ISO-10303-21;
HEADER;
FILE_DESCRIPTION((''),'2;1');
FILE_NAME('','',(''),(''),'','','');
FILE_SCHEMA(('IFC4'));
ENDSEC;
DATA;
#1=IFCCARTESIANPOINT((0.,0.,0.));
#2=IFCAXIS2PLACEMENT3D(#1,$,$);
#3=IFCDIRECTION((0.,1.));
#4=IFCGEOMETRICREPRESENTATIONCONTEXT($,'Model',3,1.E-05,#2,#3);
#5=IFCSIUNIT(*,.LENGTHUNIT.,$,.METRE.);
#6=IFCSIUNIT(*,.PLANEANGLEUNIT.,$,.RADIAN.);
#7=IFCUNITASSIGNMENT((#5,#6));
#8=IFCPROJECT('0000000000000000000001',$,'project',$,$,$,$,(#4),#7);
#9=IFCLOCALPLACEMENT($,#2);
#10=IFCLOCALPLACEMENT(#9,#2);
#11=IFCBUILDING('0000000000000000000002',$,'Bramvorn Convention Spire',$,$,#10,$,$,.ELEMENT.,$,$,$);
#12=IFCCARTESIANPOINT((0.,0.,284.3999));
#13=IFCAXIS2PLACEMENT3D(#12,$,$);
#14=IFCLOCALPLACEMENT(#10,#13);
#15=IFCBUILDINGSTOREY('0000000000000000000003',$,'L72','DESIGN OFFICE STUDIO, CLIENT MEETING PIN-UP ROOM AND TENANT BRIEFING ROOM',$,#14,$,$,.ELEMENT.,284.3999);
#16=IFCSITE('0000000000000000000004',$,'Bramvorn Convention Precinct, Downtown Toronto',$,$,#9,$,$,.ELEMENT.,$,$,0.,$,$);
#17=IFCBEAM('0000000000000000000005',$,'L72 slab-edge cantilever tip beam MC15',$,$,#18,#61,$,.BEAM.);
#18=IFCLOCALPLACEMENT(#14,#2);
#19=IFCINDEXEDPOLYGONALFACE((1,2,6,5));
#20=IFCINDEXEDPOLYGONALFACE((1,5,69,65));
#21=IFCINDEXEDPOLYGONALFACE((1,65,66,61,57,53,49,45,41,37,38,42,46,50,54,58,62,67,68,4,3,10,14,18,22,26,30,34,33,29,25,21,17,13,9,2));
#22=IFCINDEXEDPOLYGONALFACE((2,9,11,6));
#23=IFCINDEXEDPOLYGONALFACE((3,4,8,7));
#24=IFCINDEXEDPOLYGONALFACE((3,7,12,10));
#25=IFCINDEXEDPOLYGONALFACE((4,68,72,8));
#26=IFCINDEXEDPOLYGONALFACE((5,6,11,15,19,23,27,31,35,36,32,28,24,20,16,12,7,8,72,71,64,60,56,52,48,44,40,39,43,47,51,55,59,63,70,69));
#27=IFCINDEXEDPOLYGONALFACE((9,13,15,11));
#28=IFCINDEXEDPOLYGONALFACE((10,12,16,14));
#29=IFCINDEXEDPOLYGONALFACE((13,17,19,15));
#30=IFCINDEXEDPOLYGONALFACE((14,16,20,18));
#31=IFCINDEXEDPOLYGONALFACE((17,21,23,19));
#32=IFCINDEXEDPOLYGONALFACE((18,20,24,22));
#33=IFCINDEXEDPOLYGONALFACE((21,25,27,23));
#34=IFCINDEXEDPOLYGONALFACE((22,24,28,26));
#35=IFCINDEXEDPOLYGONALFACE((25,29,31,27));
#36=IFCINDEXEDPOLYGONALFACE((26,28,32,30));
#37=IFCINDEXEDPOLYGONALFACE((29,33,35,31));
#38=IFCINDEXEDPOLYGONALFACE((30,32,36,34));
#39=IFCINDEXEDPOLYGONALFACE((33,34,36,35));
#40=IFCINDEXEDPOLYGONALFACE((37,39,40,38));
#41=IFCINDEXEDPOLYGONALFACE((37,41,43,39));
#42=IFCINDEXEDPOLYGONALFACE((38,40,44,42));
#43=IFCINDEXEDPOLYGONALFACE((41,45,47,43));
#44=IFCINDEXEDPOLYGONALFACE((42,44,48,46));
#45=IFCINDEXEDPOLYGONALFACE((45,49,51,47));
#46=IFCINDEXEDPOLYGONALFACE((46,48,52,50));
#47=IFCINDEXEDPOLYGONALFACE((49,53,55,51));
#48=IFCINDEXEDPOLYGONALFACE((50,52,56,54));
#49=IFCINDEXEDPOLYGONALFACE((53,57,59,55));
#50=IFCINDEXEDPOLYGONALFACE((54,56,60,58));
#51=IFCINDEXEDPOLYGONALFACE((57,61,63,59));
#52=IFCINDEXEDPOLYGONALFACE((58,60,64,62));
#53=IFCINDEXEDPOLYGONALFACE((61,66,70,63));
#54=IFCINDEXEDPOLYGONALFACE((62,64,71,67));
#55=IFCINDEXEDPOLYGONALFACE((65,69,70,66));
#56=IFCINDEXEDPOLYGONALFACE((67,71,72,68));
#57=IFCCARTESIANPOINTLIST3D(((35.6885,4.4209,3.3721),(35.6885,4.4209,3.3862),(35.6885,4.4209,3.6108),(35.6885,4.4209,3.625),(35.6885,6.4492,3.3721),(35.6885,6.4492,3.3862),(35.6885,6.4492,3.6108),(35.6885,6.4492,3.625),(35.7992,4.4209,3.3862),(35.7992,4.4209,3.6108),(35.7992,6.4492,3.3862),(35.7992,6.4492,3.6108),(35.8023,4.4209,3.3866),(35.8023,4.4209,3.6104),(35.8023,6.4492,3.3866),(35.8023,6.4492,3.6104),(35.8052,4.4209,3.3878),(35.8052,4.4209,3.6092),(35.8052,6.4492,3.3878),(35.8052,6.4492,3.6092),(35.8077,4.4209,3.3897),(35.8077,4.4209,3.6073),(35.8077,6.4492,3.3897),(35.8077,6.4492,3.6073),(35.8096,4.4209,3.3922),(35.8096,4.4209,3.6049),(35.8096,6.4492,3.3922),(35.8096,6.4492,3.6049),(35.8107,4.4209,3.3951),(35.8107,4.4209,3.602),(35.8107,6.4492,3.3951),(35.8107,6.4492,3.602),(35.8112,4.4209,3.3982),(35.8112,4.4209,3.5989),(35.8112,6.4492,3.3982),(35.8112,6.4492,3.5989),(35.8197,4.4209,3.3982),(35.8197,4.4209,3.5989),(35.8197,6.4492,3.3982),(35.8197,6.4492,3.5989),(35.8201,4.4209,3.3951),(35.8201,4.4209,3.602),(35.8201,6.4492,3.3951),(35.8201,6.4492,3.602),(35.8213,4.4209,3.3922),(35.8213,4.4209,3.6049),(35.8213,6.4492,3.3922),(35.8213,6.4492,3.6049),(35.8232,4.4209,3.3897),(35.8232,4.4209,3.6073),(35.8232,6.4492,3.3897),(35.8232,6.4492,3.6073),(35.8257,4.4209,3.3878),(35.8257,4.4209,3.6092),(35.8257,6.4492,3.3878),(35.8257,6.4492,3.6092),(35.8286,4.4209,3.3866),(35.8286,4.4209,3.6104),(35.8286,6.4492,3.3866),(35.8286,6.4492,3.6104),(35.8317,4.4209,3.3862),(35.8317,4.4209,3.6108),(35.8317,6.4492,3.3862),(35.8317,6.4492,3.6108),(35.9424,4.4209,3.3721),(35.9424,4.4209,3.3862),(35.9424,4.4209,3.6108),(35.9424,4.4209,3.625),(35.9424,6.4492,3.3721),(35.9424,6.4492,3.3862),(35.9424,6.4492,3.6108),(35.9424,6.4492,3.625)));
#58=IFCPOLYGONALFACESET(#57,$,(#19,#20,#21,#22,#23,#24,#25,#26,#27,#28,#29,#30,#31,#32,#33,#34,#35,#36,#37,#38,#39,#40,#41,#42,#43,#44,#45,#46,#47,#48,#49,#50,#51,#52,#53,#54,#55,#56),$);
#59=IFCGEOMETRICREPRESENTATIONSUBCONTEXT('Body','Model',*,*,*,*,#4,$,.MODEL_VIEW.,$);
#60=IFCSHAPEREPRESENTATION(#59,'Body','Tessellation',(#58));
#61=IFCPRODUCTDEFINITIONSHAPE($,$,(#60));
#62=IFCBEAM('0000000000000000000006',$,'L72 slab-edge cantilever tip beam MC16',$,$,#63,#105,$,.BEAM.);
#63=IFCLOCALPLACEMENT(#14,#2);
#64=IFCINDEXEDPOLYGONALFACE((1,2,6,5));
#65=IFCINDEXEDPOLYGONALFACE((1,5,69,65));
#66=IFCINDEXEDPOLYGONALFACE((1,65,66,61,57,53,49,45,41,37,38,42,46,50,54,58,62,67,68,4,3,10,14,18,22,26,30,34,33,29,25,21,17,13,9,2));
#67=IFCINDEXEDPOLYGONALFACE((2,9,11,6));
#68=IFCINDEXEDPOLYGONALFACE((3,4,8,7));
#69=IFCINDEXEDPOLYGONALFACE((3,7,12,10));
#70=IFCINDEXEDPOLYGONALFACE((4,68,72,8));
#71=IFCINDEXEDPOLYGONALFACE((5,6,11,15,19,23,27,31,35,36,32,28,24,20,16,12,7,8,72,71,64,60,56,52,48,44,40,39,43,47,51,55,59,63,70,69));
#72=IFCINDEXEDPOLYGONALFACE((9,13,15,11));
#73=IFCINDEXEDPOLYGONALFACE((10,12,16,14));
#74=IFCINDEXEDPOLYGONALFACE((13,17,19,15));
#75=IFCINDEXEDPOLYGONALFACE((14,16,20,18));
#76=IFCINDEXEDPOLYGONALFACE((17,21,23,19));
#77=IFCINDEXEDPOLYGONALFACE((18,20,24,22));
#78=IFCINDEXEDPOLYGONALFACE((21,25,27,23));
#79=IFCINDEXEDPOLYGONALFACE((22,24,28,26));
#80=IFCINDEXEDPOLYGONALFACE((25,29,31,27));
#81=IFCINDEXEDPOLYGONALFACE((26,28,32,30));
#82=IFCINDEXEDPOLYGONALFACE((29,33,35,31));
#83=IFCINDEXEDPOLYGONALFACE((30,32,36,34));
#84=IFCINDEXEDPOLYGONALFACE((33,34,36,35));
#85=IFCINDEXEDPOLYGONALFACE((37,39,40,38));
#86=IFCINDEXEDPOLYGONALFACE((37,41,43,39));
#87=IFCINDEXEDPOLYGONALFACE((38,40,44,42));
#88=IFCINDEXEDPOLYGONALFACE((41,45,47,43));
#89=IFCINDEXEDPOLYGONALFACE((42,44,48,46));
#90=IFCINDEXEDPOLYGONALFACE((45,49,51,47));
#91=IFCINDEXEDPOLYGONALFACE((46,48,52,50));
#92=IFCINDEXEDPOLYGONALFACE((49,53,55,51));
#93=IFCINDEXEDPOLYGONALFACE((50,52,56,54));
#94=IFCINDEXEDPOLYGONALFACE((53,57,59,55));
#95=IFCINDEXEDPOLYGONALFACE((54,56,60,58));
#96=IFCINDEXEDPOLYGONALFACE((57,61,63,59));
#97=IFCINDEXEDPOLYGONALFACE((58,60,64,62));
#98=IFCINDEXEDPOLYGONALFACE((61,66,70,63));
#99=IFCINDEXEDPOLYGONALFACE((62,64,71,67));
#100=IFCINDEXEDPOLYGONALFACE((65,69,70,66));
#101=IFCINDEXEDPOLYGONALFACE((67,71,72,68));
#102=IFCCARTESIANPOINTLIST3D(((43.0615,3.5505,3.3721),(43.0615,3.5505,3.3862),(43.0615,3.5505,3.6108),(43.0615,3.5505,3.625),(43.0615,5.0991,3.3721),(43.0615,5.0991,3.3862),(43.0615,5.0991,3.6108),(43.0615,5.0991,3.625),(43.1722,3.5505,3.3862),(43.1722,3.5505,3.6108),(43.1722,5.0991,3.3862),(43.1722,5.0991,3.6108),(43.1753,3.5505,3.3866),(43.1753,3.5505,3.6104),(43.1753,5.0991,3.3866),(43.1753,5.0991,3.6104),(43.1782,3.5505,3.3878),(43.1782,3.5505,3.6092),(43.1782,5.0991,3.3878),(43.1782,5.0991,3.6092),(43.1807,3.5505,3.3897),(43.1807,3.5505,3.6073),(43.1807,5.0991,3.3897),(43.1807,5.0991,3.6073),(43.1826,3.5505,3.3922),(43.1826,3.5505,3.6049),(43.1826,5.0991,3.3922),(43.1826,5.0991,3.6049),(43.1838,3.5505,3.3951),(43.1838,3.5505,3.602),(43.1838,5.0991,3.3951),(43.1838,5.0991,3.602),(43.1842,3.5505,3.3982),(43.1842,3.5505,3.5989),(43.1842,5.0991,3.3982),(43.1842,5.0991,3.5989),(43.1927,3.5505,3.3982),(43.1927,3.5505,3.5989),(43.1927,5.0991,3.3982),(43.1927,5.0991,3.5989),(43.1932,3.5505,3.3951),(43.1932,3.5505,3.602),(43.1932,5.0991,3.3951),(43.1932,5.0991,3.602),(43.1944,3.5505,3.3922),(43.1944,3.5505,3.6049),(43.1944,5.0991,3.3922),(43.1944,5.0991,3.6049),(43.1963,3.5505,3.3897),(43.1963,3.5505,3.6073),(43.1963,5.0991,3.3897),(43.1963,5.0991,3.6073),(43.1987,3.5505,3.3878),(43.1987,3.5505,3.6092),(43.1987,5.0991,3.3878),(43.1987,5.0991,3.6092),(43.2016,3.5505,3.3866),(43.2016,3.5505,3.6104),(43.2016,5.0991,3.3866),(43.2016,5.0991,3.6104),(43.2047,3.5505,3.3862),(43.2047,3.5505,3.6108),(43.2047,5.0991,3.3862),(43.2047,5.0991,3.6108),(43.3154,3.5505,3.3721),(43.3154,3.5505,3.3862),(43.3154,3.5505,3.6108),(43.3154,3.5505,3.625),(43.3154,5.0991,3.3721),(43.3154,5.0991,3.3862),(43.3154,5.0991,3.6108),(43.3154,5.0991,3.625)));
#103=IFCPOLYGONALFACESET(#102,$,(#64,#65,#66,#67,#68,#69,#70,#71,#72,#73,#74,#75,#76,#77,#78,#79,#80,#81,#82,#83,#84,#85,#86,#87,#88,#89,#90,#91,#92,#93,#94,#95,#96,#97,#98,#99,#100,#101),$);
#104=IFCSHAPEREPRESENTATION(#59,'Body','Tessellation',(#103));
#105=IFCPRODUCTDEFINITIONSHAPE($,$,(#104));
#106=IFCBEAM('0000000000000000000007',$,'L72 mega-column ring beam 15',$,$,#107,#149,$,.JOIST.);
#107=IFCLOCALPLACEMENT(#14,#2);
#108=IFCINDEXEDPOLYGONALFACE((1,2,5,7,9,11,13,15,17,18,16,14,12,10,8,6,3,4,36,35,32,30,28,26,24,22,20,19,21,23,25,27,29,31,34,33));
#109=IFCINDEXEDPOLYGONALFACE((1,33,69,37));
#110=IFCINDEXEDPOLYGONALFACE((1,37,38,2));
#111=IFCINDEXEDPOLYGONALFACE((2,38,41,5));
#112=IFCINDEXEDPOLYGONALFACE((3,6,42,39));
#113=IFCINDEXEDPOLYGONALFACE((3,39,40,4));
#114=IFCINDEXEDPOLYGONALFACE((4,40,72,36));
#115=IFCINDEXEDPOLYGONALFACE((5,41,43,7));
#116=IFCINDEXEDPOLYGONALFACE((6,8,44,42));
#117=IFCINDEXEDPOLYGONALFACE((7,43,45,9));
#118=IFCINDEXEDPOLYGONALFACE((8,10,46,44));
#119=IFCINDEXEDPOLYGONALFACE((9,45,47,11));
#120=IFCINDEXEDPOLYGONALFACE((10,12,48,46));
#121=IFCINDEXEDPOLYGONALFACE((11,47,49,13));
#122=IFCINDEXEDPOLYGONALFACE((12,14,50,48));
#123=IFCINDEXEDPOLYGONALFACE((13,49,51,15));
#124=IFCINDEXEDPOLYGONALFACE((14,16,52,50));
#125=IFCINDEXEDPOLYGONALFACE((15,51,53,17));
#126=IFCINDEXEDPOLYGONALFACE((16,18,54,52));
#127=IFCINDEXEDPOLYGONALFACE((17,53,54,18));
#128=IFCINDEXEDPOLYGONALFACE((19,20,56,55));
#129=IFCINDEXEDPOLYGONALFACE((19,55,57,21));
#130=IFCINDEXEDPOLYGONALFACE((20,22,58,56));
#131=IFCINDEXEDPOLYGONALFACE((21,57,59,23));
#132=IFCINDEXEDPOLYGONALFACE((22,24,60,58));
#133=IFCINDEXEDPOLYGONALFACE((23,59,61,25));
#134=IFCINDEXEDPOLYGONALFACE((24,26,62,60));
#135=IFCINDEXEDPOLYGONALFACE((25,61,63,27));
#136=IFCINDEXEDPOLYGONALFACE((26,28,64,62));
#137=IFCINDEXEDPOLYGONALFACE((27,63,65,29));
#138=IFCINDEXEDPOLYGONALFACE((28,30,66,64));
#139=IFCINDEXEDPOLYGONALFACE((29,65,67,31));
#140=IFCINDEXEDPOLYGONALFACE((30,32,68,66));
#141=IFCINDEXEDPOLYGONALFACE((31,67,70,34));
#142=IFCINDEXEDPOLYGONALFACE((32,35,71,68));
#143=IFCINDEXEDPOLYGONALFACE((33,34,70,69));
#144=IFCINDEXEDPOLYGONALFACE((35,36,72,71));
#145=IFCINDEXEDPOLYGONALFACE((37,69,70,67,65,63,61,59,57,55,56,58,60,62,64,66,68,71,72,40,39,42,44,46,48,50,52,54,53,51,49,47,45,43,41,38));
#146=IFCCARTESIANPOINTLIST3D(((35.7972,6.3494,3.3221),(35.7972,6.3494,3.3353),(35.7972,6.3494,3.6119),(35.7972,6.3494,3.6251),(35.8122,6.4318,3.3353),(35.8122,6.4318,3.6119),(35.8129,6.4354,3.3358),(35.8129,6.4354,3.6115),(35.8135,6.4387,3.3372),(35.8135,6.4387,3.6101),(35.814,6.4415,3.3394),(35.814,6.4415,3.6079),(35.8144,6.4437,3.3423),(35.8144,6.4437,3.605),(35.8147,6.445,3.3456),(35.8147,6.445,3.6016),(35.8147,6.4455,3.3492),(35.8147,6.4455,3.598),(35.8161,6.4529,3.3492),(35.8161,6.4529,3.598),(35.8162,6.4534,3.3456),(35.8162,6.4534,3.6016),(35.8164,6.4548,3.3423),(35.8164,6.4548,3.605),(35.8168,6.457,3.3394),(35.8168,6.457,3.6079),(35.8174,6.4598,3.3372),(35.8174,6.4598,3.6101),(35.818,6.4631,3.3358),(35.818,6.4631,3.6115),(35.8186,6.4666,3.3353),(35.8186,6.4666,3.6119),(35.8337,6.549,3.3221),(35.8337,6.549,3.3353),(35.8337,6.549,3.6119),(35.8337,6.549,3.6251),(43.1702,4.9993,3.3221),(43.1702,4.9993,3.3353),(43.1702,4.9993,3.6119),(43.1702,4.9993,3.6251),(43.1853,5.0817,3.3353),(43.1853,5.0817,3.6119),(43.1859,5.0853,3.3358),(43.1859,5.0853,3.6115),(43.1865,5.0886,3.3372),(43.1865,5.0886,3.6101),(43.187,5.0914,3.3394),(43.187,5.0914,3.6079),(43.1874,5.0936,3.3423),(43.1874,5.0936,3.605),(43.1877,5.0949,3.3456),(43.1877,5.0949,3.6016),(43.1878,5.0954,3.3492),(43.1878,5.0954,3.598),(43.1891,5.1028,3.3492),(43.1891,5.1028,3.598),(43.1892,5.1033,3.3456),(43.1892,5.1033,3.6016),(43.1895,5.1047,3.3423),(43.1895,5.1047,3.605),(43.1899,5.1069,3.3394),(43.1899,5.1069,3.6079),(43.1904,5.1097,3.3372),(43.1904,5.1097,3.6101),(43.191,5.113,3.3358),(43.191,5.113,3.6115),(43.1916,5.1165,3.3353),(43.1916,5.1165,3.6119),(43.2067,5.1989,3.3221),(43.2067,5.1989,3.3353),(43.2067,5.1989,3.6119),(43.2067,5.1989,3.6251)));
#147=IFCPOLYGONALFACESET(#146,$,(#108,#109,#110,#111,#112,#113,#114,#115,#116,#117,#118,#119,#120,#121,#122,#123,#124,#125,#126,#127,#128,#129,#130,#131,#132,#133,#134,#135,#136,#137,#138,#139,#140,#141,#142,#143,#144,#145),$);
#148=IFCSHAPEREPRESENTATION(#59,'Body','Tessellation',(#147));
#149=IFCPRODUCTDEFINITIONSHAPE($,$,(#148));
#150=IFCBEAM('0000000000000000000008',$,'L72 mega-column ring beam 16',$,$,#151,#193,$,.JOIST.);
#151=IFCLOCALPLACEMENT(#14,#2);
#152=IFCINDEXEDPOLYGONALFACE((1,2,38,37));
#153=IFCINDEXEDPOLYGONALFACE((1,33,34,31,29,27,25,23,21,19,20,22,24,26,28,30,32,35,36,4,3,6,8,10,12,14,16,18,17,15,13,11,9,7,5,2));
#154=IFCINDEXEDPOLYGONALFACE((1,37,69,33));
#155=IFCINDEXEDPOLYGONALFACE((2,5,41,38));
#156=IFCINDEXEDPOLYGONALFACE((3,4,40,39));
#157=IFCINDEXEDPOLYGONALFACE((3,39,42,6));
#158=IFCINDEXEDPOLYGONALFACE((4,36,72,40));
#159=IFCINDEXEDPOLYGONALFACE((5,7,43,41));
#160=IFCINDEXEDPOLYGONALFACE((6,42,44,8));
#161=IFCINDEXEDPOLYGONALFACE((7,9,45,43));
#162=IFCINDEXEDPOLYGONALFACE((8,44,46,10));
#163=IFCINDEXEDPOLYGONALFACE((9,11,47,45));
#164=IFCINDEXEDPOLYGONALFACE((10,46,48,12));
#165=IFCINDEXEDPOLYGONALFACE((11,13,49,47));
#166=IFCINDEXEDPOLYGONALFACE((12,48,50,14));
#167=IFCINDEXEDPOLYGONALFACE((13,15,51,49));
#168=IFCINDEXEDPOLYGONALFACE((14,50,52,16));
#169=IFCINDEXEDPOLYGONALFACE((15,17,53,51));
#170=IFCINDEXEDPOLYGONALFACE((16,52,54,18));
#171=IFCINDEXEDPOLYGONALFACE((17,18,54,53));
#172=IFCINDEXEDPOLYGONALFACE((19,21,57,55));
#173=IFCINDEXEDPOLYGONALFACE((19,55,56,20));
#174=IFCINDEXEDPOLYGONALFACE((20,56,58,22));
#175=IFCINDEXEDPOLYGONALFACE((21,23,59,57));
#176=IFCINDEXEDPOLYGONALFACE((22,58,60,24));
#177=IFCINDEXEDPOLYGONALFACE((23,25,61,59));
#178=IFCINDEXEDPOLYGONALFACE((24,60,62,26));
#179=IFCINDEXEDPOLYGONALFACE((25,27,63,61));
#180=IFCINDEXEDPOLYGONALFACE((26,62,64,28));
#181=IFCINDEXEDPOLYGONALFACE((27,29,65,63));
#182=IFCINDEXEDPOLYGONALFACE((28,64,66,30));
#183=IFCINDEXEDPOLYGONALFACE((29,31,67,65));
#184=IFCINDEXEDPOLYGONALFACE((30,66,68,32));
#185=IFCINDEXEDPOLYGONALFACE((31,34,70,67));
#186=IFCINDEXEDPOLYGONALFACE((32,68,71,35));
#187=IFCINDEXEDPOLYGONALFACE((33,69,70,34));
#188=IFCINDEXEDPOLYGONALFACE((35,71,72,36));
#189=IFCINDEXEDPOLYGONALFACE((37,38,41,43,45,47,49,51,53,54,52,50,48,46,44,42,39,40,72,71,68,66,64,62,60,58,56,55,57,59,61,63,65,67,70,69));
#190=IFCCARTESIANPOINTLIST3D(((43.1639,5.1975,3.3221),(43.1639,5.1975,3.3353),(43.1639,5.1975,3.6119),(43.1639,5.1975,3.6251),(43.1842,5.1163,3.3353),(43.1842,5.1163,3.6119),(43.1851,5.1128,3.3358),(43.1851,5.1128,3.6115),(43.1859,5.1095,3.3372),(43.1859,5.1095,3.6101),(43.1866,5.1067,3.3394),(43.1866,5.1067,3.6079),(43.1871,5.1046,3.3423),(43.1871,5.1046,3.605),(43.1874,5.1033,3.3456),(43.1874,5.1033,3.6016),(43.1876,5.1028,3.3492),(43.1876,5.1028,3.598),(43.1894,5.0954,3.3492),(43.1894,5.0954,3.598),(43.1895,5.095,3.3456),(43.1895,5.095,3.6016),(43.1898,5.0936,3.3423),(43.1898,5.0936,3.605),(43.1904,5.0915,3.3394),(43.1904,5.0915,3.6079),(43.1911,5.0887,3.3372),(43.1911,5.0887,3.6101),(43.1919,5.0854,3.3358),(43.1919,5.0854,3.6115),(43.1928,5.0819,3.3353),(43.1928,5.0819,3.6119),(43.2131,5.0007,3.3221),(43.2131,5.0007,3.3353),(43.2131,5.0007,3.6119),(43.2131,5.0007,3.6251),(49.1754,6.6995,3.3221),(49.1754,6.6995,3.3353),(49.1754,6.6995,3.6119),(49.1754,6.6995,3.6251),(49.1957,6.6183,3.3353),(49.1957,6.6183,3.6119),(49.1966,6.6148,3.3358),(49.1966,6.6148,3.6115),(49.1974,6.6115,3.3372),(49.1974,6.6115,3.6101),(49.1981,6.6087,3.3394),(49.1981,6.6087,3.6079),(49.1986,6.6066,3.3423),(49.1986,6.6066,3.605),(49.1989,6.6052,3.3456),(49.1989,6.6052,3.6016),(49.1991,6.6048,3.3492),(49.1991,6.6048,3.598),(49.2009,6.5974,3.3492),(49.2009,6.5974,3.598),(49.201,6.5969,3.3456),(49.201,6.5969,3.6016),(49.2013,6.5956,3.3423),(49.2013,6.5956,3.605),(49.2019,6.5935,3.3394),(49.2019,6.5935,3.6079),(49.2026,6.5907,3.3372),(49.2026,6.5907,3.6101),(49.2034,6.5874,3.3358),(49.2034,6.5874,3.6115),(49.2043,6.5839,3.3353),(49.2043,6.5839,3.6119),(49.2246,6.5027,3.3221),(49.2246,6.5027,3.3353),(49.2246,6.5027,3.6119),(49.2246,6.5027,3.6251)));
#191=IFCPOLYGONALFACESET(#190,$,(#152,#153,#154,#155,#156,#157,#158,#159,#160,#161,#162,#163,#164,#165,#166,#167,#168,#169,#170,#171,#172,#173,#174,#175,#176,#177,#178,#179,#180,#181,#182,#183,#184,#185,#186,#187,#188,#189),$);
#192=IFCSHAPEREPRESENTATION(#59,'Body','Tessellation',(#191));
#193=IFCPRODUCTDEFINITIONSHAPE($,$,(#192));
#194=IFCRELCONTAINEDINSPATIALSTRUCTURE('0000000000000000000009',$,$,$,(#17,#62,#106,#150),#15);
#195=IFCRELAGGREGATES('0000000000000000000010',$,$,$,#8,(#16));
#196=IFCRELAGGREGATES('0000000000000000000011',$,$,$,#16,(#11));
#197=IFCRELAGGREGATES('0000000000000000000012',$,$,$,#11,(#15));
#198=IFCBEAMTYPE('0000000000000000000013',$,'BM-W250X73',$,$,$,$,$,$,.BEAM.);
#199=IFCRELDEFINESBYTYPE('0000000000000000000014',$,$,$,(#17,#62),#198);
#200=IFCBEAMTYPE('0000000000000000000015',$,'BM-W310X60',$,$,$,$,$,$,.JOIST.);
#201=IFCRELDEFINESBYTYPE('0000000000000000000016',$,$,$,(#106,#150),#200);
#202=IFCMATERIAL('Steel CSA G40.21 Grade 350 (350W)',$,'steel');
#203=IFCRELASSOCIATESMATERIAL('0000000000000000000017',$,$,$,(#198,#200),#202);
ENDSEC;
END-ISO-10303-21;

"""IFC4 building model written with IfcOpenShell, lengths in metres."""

from ifc_helpers import new_model, si_unit, direction, frame, origin, origin_2d, place, context, subcontext, project, spatial, i_section, extrude, material, material_profile, profile_set, type_object, element, save


model = new_model("IFC4")

# Units and contexts
model_context = context("Model", 3, precision=1e-05, world=origin(), true_north=direction((0.0, 1.0)))
body_context = subcontext(model_context, "Body", "Model", "MODEL_VIEW")
ifc_project = project(units=[si_unit("LENGTHUNIT", "METRE"), si_unit("PLANEANGLEUNIT", "RADIAN")], contexts=[model_context])

# Site, building, storey
site_placement = place(None, origin())
site = spatial("IfcSite", under=ifc_project, at=site_placement, Name="Bramvorn Convention Precinct, Downtown Toronto", CompositionType="ELEMENT", RefElevation=0.0)
building_placement = place(site_placement, origin())
building = spatial("IfcBuilding", under=site, at=building_placement, Name="Bramvorn Convention Spire", CompositionType="ELEMENT")
storey_placement = place(building_placement, frame((0.0, 0.0, 284.3999)))
storey = spatial("IfcBuildingStorey", under=building, at=storey_placement, Name="L72", Description="DESIGN OFFICE STUDIO, CLIENT MEETING PIN-UP ROOM AND TENANT BRIEFING ROOM", CompositionType="ELEMENT", Elevation=284.3999)

# Shared definitions
ifc_material_1 = material(Name="Steel CSA G40.21 Grade 350 (350W)", Category="steel")

# Beams
ifc_material_profile_1 = material_profile(ifc_material_1, i_section(OverallWidth=0.2539, OverallDepth=0.2529, WebThickness=0.0085, FlangeThickness=0.0142, FilletRadius=0.012, at=origin_2d()))
ifc_profile_set_1 = profile_set([ifc_material_profile_1], Name="Steel CSA G40.21 Grade 350 (350W) - W250X73")
beam_type_1 = type_object("IfcBeamType", Name="BM-W250X73", PredefinedType="BEAM", material=ifc_profile_set_1)
beam_1_placement = place(storey_placement, frame((35.8154, 6.4492, 3.4985), z_axis=(0.0, -1.0, 0.0), x_axis=(1.0, 0.0, 0.0)))
element("IfcBeam", 1, at=beam_1_placement, inside=storey, type_object=beam_type_1, Name="L72 slab-edge cantilever tip beam MC15", PredefinedType="BEAM", context=body_context, shape_type="SweptSolid", body=[
    extrude(i_section(OverallWidth=0.2539, OverallDepth=0.2529, WebThickness=0.0085, FlangeThickness=0.0142, FilletRadius=0.012, at=origin_2d()), origin(), (0.0, 0.0, 1.0), 2.0283),
])
beam_2_placement = place(storey_placement, frame((43.1885, 5.0991, 3.4985), z_axis=(0.0, -1.0, 0.0), x_axis=(1.0, 0.0, 0.0)))
element("IfcBeam", 2, at=beam_2_placement, inside=storey, type_object=beam_type_1, Name="L72 slab-edge cantilever tip beam MC16", PredefinedType="BEAM", context=body_context, shape_type="SweptSolid", body=[
    extrude(i_section(OverallWidth=0.2539, OverallDepth=0.2529, WebThickness=0.0085, FlangeThickness=0.0142, FilletRadius=0.012, at=origin_2d()), origin(), (0.0, 0.0, 1.0), 1.5486),
])
ifc_material_profile_2 = material_profile(ifc_material_1, i_section(OverallWidth=0.2029, OverallDepth=0.303, WebThickness=0.0076, FlangeThickness=0.0132, FilletRadius=0.0139, at=origin_2d()))
ifc_profile_set_2 = profile_set([ifc_material_profile_2], Name="Steel CSA G40.21 Grade 350 (350W) - W310X60")
beam_type_2 = type_object("IfcBeamType", Name="BM-W310X60", PredefinedType="JOIST", material=ifc_profile_set_2)
beam_3_placement = place(storey_placement, frame((35.8154, 6.4492, 3.4736), z_axis=(0.983645, -0.180118, 0.0), x_axis=(0.180118, 0.983645, 0.0)))
element("IfcBeam", 3, at=beam_3_placement, inside=storey, type_object=beam_type_2, Name="L72 mega-column ring beam 15", PredefinedType="JOIST", context=body_context, shape_type="SweptSolid", body=[
    extrude(i_section(OverallWidth=0.2029, OverallDepth=0.303, WebThickness=0.0076, FlangeThickness=0.0132, FilletRadius=0.0139, at=origin_2d()), origin(), (0.0, 0.0, 1.0), 7.4956),
])
beam_4_placement = place(storey_placement, frame((43.1885, 5.0991, 3.4736), z_axis=(0.970177, 0.242397, 0.0), x_axis=(-0.242397, 0.970177, 0.0)))
element("IfcBeam", 4, at=beam_4_placement, inside=storey, type_object=beam_type_2, Name="L72 mega-column ring beam 16", PredefinedType="JOIST", context=body_context, shape_type="SweptSolid", body=[
    extrude(i_section(OverallWidth=0.2029, OverallDepth=0.303, WebThickness=0.0076, FlangeThickness=0.0132, FilletRadius=0.0139, at=origin_2d()), origin(), (0.0, 0.0, 1.0), 6.1963),
])

save(model, "model.ifc")
